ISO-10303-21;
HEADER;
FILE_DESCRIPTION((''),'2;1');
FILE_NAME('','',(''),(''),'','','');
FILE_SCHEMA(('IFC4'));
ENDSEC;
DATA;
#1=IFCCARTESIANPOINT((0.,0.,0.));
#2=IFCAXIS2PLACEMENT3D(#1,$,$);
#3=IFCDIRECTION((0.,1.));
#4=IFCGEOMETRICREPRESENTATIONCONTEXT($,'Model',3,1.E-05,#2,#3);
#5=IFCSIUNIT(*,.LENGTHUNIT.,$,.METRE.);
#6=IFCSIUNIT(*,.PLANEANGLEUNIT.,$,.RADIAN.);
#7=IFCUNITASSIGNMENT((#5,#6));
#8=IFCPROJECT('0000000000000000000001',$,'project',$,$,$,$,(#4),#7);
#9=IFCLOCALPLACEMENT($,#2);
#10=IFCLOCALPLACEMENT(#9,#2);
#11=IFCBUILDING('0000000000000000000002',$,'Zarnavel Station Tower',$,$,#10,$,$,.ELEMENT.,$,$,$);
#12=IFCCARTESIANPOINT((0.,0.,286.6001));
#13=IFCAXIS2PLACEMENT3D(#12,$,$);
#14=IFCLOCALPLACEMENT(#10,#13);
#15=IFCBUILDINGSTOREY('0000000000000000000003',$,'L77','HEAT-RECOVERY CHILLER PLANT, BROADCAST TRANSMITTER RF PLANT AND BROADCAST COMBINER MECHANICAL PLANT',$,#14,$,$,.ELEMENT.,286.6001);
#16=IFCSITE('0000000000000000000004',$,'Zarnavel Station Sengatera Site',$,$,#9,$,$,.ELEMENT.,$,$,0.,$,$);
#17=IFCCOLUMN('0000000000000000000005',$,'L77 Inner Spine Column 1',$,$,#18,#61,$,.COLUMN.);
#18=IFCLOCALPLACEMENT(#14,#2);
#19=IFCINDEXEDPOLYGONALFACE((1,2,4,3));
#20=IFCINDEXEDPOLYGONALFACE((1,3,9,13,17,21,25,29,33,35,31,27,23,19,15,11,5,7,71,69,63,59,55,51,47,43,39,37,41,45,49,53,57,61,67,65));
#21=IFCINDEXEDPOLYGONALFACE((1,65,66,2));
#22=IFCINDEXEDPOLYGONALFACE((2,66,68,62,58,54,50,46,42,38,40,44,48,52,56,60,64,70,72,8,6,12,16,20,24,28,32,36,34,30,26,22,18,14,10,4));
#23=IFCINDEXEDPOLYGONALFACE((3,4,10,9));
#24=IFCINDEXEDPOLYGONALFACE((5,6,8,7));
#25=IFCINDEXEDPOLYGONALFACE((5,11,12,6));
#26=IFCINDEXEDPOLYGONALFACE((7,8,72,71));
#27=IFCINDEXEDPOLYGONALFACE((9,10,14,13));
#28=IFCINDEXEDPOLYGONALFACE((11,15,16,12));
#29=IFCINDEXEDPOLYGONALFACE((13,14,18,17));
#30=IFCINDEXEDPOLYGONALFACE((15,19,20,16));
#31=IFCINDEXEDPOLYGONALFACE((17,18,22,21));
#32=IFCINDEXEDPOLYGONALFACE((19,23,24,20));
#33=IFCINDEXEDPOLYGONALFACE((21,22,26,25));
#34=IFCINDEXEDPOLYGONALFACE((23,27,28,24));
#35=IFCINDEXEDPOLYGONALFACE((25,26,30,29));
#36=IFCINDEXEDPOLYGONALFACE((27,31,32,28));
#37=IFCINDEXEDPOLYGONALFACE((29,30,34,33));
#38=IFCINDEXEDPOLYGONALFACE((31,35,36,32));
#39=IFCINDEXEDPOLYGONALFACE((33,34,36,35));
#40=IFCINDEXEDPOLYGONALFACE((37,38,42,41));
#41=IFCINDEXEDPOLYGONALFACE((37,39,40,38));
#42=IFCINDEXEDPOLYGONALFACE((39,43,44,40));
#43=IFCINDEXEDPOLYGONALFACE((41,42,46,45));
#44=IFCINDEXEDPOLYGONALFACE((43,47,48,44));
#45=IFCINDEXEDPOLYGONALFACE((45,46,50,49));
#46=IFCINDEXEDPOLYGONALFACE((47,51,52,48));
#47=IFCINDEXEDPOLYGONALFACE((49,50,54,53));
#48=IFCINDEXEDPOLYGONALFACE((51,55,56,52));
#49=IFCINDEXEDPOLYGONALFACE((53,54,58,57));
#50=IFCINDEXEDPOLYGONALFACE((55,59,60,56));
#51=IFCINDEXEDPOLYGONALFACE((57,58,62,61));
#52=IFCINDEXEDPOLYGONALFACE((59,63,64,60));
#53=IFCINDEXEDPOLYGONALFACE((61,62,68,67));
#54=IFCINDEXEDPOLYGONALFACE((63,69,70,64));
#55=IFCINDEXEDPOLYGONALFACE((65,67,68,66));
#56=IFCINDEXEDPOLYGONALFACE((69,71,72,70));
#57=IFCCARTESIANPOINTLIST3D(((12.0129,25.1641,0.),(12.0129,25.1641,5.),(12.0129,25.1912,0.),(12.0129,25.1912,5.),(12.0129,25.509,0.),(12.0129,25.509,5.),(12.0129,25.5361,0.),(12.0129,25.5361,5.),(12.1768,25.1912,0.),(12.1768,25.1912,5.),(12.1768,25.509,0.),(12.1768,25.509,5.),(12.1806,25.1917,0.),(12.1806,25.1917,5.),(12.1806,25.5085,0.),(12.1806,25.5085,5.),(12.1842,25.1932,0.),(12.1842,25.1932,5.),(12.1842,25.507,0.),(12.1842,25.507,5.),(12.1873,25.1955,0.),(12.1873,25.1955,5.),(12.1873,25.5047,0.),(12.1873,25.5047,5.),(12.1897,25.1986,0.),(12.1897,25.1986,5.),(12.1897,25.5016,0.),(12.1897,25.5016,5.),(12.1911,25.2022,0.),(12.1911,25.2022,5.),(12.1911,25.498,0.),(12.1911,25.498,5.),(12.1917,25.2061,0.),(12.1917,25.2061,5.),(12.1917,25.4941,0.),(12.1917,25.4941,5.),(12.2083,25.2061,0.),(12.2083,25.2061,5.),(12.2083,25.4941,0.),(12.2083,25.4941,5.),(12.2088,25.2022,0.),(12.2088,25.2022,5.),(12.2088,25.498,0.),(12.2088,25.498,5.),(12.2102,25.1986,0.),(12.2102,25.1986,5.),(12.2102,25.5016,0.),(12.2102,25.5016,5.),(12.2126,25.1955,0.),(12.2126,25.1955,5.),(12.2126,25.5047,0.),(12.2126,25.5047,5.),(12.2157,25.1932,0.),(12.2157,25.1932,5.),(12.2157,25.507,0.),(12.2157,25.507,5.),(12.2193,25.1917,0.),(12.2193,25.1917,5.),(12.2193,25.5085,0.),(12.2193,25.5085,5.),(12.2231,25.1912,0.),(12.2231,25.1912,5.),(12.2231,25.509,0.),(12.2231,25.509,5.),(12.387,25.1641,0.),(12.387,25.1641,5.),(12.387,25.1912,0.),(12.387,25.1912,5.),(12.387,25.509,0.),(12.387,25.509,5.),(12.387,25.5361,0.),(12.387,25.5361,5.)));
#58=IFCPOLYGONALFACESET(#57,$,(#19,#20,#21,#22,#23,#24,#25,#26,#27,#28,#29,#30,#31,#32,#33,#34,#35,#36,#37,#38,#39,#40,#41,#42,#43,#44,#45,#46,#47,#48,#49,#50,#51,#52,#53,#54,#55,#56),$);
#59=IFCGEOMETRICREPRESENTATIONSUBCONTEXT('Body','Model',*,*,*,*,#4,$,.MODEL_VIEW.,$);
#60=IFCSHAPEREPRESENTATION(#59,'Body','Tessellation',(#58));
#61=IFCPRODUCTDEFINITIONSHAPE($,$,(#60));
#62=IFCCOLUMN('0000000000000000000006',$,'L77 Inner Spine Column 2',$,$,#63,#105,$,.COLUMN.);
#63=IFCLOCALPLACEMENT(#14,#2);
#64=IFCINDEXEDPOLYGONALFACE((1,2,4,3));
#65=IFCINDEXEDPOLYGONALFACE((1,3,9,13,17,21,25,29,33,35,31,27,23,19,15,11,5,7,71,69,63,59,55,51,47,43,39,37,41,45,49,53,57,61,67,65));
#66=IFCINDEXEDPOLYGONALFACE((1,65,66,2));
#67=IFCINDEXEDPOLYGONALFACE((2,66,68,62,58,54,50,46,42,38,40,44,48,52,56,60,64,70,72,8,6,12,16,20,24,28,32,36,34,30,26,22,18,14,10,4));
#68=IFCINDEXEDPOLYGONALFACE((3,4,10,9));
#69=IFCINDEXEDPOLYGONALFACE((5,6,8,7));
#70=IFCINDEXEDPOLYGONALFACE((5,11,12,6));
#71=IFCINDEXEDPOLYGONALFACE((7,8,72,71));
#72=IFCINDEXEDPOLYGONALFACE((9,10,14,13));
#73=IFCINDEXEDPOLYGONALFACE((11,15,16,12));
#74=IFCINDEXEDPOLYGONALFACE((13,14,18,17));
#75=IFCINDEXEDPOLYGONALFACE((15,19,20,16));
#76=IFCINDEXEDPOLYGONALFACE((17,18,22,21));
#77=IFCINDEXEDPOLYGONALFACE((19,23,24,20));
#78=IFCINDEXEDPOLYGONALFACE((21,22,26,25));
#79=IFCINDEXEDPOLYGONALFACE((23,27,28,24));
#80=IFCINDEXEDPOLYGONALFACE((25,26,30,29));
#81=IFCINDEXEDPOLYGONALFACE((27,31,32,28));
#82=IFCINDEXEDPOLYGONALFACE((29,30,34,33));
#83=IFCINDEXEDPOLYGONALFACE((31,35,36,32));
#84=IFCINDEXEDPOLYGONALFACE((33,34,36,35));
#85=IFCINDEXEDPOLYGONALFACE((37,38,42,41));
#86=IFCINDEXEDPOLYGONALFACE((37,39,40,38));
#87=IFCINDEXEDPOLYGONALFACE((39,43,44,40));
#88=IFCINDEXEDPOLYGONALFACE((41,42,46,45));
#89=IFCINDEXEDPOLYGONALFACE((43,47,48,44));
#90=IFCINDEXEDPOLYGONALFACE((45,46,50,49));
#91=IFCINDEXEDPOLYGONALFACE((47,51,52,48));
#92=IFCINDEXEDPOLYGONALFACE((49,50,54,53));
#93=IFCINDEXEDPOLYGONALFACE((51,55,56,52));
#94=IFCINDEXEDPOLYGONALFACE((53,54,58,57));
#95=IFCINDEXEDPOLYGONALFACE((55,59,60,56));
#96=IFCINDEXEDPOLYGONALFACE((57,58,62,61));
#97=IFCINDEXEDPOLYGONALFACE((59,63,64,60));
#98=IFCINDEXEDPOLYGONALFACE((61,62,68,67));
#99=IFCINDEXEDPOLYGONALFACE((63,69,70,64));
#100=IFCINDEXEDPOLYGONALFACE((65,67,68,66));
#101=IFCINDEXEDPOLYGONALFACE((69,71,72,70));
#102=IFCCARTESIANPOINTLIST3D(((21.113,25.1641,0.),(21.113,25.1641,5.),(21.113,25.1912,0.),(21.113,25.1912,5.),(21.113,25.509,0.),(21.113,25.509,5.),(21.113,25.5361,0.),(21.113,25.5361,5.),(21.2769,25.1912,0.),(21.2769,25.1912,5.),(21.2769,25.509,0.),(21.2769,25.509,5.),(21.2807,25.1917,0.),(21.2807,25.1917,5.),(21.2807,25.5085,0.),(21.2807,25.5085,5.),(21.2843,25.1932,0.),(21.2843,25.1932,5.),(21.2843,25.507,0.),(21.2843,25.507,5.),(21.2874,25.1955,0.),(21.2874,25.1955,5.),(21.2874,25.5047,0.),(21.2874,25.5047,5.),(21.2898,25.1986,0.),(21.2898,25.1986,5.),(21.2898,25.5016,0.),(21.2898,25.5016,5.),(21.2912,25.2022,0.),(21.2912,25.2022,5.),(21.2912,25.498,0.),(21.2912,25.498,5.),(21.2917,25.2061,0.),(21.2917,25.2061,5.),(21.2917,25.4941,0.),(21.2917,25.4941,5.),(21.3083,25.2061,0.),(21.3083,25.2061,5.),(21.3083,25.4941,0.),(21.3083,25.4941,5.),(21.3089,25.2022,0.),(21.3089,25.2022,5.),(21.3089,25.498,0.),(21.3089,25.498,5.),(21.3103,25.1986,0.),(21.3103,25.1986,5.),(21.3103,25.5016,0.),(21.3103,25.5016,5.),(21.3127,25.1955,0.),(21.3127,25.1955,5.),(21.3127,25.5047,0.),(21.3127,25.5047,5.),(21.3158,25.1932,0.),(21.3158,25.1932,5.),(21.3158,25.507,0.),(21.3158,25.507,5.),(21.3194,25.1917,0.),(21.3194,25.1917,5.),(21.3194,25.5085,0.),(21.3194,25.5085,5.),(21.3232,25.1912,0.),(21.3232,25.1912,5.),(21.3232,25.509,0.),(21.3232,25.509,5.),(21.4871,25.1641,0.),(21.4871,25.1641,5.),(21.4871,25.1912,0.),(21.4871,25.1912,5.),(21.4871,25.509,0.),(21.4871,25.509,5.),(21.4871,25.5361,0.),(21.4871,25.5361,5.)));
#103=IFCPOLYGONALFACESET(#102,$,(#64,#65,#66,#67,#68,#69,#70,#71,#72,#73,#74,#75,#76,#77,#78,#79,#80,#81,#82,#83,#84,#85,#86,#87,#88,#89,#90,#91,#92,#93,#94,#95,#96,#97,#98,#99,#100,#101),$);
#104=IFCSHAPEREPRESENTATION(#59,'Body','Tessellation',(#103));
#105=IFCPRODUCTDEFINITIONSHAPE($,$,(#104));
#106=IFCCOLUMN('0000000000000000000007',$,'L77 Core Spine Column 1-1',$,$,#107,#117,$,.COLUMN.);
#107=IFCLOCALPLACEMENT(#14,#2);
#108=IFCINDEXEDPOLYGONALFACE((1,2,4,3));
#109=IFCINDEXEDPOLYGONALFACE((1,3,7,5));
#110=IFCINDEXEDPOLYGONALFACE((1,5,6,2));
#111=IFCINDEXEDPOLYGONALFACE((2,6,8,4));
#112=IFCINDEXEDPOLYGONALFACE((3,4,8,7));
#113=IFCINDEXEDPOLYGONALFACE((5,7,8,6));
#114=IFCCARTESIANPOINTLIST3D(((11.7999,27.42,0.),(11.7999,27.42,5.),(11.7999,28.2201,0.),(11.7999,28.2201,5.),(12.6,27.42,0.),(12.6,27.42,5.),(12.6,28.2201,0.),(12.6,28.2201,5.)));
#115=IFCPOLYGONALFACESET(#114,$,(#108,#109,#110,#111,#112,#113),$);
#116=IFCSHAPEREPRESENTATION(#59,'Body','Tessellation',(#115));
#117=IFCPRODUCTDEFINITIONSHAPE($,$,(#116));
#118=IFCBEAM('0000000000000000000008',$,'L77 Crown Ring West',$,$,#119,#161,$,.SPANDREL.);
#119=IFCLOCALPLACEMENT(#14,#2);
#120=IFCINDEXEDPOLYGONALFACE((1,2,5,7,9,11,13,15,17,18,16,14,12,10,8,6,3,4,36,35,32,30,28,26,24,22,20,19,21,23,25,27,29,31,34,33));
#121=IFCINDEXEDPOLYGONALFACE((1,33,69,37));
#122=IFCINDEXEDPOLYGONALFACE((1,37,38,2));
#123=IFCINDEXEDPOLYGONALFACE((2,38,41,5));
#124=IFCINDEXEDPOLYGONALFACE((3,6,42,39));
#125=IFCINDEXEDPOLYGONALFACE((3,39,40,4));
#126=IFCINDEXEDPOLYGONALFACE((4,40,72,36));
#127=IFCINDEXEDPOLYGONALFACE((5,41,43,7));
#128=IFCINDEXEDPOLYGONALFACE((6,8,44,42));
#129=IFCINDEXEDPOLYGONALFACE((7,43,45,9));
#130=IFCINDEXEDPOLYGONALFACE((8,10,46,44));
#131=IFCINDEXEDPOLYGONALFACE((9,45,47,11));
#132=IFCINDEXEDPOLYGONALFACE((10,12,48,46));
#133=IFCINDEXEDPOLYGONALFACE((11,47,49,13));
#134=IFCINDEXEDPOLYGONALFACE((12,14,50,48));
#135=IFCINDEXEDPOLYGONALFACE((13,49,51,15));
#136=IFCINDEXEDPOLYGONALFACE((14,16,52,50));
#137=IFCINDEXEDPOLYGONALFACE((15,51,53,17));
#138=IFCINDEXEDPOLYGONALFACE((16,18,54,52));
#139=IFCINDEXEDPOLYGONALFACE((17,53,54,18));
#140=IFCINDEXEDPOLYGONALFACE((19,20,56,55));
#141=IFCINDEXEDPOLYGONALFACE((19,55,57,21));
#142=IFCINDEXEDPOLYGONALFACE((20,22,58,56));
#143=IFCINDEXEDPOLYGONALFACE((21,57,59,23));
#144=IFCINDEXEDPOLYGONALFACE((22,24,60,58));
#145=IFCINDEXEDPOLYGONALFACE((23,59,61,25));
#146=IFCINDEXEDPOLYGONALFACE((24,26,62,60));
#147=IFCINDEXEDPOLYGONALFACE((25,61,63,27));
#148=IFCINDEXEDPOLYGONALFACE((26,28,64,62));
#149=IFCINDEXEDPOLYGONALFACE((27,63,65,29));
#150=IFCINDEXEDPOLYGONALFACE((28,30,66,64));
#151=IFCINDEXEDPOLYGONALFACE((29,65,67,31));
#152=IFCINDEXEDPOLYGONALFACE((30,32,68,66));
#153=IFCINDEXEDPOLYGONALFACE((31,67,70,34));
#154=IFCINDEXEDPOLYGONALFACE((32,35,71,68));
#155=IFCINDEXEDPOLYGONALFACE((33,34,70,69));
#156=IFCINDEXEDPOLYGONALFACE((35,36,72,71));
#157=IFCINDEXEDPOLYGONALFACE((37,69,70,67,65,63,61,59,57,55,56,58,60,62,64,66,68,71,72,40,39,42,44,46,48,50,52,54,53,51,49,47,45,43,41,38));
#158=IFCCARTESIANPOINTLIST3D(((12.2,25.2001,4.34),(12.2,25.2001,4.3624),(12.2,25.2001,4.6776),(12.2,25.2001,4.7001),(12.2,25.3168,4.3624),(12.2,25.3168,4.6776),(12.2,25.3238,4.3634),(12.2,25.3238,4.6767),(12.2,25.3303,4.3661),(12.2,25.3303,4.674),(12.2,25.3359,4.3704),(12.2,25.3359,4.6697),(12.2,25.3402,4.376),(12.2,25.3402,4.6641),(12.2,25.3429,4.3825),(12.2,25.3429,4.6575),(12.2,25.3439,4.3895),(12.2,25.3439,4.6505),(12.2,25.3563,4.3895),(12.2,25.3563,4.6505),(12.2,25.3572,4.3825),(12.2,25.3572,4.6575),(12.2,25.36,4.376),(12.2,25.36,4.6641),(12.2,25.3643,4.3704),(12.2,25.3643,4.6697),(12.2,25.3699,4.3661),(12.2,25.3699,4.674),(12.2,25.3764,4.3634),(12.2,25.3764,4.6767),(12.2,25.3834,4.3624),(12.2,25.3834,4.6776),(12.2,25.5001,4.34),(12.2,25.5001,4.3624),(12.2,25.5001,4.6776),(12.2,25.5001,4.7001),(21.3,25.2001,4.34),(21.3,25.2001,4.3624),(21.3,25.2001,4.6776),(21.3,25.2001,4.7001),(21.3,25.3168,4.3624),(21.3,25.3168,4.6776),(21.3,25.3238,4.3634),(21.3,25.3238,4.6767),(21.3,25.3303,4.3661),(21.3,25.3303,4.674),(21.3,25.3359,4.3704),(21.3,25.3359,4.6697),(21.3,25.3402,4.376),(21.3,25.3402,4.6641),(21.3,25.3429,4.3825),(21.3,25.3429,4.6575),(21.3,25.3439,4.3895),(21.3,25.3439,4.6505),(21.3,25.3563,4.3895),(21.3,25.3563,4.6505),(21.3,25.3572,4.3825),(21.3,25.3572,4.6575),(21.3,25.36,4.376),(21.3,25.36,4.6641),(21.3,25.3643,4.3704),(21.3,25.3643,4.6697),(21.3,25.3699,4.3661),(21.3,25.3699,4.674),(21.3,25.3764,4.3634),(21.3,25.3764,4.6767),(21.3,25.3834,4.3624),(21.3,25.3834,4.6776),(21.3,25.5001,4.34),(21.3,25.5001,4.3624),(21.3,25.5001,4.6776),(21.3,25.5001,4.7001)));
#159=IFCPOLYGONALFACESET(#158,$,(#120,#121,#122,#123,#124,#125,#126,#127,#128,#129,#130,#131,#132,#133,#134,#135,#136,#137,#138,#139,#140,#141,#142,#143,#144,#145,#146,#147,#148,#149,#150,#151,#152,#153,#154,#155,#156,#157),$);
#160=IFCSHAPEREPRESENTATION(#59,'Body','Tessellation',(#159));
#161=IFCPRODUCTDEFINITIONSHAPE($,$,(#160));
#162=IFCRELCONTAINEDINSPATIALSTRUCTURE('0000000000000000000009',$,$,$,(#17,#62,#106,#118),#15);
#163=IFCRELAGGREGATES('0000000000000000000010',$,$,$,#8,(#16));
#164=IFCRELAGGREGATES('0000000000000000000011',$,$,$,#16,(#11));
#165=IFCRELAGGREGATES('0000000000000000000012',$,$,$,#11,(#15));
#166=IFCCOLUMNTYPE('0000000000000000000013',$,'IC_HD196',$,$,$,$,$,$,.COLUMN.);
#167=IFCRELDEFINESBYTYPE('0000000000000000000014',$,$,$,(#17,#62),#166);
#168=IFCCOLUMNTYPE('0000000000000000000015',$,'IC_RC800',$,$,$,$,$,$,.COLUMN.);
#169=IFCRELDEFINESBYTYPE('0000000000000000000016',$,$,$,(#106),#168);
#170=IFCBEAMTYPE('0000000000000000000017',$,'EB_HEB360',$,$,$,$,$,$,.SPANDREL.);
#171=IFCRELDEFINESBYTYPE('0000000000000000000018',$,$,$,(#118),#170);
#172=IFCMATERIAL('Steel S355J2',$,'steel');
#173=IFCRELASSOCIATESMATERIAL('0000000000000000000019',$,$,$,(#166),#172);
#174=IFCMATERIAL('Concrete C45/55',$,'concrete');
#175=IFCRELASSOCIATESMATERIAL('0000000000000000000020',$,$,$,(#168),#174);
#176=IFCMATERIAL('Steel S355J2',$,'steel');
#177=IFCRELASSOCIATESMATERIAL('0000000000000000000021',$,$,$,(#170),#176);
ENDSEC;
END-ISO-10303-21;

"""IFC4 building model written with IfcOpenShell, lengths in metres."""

from ifc_helpers import new_model, si_unit, direction, frame, origin, origin_2d, place, context, subcontext, project, spatial, rectangle, i_section, extrude, material, material_profile, profile_set, type_object, element, save


model = new_model("IFC4")

# Units and contexts
model_context = context("Model", 3, precision=1e-05, world=origin(), true_north=direction((0.0, 1.0)))
body_context = subcontext(model_context, "Body", "Model", "MODEL_VIEW")
ifc_project = project(units=[si_unit("LENGTHUNIT", "METRE"), si_unit("PLANEANGLEUNIT", "RADIAN")], contexts=[model_context])

# Site, building, storey
site_placement = place(None, origin())
site = spatial("IfcSite", under=ifc_project, at=site_placement, Name="Zarnavel Station Sengatera Site", CompositionType="ELEMENT", RefElevation=0.0)
building_placement = place(site_placement, origin())
building = spatial("IfcBuilding", under=site, at=building_placement, Name="Zarnavel Station Tower", CompositionType="ELEMENT")
storey_placement = place(building_placement, frame((0.0, 0.0, 286.6001)))
storey = spatial("IfcBuildingStorey", under=building, at=storey_placement, Name="L77", Description="HEAT-RECOVERY CHILLER PLANT, BROADCAST TRANSMITTER RF PLANT AND BROADCAST COMBINER MECHANICAL PLANT", CompositionType="ELEMENT", Elevation=286.6001)

# Columns
ifc_material_1 = material(Name="Steel S355J2", Category="steel")
ifc_material_profile_1 = material_profile(ifc_material_1, i_section(OverallWidth=0.374, OverallDepth=0.3721, WebThickness=0.0166, FlangeThickness=0.0271, FilletRadius=0.0149, at=origin_2d()), Name="HD360x196")
ifc_profile_set_1 = profile_set([ifc_material_profile_1], Name="Steel S355J2")
column_type_1 = type_object("IfcColumnType", Name="IC_HD196", PredefinedType="COLUMN", material=ifc_profile_set_1)
for number, where, z_axis, x_axis, name in (
    (1, (12.2, 25.3501, 0.0), (0.0, 0.0, 1.0), (1.0, 0.0, 0.0), "L77 Inner Spine Column 1"),
    (2, (21.3, 25.3501, 0.0), (0.0, 0.0, 1.0), (1.0, 0.0, 0.0), "L77 Inner Spine Column 2"),
):
    element("IfcColumn", number, at=place(storey_placement, frame(where, z_axis=z_axis, x_axis=x_axis)), inside=storey, type_object=column_type_1, Name=name, PredefinedType="COLUMN", context=body_context, shape_type="SweptSolid", body=[
        extrude(i_section(OverallWidth=0.374, OverallDepth=0.3721, WebThickness=0.0166, FlangeThickness=0.0271, FilletRadius=0.0149, at=origin_2d()), origin(), (0.0, 0.0, 1.0), 5.0),
    ])
ifc_material_2 = material(Name="Concrete C45/55", Category="concrete")
ifc_material_profile_2 = material_profile(ifc_material_2, rectangle(XDim=0.8, YDim=0.8, at=origin_2d()), Name="RC800x800")
ifc_profile_set_2 = profile_set([ifc_material_profile_2], Name="Concrete C45/55")
column_type_2 = type_object("IfcColumnType", Name="IC_RC800", PredefinedType="COLUMN", material=ifc_profile_set_2)
column_placement = place(storey_placement, frame((12.2, 27.8201, 0.0), z_axis=(0.0, 0.0, 1.0), x_axis=(1.0, 0.0, 0.0)))
element("IfcColumn", 3, at=column_placement, inside=storey, type_object=column_type_2, Name="L77 Core Spine Column 1-1", PredefinedType="COLUMN", context=body_context, shape_type="SweptSolid", body=[
    extrude(rectangle(XDim=0.8, YDim=0.8, at=origin_2d()), origin(), (0.0, 0.0, 1.0), 5.0),
])

# Beam
ifc_material_3 = material(Name="Steel S355J2", Category="steel")
ifc_material_profile_3 = material_profile(ifc_material_3, i_section(OverallWidth=0.3, OverallDepth=0.3601, WebThickness=0.0125, FlangeThickness=0.0225, FilletRadius=0.0271, at=origin_2d()), Name="HEB360")
ifc_profile_set_3 = profile_set([ifc_material_profile_3], Name="Steel S355J2")
beam_type_1 = type_object("IfcBeamType", Name="EB_HEB360", PredefinedType="SPANDREL", material=ifc_profile_set_3)
beam_1_placement = place(storey_placement, frame((12.2, 25.3501, 4.52), z_axis=(1.0, 0.0, 0.0), x_axis=(0.0, 1.0, 0.0)))
element("IfcBeam", 4, at=beam_1_placement, inside=storey, type_object=beam_type_1, Name="L77 Crown Ring West", PredefinedType="SPANDREL", context=body_context, shape_type="SweptSolid", body=[
    extrude(i_section(OverallWidth=0.3, OverallDepth=0.3601, WebThickness=0.0125, FlangeThickness=0.0225, FilletRadius=0.0271, at=origin_2d()), origin(), (0.0, 0.0, 1.0), 9.1001),
])

save(model, "model.ifc")
